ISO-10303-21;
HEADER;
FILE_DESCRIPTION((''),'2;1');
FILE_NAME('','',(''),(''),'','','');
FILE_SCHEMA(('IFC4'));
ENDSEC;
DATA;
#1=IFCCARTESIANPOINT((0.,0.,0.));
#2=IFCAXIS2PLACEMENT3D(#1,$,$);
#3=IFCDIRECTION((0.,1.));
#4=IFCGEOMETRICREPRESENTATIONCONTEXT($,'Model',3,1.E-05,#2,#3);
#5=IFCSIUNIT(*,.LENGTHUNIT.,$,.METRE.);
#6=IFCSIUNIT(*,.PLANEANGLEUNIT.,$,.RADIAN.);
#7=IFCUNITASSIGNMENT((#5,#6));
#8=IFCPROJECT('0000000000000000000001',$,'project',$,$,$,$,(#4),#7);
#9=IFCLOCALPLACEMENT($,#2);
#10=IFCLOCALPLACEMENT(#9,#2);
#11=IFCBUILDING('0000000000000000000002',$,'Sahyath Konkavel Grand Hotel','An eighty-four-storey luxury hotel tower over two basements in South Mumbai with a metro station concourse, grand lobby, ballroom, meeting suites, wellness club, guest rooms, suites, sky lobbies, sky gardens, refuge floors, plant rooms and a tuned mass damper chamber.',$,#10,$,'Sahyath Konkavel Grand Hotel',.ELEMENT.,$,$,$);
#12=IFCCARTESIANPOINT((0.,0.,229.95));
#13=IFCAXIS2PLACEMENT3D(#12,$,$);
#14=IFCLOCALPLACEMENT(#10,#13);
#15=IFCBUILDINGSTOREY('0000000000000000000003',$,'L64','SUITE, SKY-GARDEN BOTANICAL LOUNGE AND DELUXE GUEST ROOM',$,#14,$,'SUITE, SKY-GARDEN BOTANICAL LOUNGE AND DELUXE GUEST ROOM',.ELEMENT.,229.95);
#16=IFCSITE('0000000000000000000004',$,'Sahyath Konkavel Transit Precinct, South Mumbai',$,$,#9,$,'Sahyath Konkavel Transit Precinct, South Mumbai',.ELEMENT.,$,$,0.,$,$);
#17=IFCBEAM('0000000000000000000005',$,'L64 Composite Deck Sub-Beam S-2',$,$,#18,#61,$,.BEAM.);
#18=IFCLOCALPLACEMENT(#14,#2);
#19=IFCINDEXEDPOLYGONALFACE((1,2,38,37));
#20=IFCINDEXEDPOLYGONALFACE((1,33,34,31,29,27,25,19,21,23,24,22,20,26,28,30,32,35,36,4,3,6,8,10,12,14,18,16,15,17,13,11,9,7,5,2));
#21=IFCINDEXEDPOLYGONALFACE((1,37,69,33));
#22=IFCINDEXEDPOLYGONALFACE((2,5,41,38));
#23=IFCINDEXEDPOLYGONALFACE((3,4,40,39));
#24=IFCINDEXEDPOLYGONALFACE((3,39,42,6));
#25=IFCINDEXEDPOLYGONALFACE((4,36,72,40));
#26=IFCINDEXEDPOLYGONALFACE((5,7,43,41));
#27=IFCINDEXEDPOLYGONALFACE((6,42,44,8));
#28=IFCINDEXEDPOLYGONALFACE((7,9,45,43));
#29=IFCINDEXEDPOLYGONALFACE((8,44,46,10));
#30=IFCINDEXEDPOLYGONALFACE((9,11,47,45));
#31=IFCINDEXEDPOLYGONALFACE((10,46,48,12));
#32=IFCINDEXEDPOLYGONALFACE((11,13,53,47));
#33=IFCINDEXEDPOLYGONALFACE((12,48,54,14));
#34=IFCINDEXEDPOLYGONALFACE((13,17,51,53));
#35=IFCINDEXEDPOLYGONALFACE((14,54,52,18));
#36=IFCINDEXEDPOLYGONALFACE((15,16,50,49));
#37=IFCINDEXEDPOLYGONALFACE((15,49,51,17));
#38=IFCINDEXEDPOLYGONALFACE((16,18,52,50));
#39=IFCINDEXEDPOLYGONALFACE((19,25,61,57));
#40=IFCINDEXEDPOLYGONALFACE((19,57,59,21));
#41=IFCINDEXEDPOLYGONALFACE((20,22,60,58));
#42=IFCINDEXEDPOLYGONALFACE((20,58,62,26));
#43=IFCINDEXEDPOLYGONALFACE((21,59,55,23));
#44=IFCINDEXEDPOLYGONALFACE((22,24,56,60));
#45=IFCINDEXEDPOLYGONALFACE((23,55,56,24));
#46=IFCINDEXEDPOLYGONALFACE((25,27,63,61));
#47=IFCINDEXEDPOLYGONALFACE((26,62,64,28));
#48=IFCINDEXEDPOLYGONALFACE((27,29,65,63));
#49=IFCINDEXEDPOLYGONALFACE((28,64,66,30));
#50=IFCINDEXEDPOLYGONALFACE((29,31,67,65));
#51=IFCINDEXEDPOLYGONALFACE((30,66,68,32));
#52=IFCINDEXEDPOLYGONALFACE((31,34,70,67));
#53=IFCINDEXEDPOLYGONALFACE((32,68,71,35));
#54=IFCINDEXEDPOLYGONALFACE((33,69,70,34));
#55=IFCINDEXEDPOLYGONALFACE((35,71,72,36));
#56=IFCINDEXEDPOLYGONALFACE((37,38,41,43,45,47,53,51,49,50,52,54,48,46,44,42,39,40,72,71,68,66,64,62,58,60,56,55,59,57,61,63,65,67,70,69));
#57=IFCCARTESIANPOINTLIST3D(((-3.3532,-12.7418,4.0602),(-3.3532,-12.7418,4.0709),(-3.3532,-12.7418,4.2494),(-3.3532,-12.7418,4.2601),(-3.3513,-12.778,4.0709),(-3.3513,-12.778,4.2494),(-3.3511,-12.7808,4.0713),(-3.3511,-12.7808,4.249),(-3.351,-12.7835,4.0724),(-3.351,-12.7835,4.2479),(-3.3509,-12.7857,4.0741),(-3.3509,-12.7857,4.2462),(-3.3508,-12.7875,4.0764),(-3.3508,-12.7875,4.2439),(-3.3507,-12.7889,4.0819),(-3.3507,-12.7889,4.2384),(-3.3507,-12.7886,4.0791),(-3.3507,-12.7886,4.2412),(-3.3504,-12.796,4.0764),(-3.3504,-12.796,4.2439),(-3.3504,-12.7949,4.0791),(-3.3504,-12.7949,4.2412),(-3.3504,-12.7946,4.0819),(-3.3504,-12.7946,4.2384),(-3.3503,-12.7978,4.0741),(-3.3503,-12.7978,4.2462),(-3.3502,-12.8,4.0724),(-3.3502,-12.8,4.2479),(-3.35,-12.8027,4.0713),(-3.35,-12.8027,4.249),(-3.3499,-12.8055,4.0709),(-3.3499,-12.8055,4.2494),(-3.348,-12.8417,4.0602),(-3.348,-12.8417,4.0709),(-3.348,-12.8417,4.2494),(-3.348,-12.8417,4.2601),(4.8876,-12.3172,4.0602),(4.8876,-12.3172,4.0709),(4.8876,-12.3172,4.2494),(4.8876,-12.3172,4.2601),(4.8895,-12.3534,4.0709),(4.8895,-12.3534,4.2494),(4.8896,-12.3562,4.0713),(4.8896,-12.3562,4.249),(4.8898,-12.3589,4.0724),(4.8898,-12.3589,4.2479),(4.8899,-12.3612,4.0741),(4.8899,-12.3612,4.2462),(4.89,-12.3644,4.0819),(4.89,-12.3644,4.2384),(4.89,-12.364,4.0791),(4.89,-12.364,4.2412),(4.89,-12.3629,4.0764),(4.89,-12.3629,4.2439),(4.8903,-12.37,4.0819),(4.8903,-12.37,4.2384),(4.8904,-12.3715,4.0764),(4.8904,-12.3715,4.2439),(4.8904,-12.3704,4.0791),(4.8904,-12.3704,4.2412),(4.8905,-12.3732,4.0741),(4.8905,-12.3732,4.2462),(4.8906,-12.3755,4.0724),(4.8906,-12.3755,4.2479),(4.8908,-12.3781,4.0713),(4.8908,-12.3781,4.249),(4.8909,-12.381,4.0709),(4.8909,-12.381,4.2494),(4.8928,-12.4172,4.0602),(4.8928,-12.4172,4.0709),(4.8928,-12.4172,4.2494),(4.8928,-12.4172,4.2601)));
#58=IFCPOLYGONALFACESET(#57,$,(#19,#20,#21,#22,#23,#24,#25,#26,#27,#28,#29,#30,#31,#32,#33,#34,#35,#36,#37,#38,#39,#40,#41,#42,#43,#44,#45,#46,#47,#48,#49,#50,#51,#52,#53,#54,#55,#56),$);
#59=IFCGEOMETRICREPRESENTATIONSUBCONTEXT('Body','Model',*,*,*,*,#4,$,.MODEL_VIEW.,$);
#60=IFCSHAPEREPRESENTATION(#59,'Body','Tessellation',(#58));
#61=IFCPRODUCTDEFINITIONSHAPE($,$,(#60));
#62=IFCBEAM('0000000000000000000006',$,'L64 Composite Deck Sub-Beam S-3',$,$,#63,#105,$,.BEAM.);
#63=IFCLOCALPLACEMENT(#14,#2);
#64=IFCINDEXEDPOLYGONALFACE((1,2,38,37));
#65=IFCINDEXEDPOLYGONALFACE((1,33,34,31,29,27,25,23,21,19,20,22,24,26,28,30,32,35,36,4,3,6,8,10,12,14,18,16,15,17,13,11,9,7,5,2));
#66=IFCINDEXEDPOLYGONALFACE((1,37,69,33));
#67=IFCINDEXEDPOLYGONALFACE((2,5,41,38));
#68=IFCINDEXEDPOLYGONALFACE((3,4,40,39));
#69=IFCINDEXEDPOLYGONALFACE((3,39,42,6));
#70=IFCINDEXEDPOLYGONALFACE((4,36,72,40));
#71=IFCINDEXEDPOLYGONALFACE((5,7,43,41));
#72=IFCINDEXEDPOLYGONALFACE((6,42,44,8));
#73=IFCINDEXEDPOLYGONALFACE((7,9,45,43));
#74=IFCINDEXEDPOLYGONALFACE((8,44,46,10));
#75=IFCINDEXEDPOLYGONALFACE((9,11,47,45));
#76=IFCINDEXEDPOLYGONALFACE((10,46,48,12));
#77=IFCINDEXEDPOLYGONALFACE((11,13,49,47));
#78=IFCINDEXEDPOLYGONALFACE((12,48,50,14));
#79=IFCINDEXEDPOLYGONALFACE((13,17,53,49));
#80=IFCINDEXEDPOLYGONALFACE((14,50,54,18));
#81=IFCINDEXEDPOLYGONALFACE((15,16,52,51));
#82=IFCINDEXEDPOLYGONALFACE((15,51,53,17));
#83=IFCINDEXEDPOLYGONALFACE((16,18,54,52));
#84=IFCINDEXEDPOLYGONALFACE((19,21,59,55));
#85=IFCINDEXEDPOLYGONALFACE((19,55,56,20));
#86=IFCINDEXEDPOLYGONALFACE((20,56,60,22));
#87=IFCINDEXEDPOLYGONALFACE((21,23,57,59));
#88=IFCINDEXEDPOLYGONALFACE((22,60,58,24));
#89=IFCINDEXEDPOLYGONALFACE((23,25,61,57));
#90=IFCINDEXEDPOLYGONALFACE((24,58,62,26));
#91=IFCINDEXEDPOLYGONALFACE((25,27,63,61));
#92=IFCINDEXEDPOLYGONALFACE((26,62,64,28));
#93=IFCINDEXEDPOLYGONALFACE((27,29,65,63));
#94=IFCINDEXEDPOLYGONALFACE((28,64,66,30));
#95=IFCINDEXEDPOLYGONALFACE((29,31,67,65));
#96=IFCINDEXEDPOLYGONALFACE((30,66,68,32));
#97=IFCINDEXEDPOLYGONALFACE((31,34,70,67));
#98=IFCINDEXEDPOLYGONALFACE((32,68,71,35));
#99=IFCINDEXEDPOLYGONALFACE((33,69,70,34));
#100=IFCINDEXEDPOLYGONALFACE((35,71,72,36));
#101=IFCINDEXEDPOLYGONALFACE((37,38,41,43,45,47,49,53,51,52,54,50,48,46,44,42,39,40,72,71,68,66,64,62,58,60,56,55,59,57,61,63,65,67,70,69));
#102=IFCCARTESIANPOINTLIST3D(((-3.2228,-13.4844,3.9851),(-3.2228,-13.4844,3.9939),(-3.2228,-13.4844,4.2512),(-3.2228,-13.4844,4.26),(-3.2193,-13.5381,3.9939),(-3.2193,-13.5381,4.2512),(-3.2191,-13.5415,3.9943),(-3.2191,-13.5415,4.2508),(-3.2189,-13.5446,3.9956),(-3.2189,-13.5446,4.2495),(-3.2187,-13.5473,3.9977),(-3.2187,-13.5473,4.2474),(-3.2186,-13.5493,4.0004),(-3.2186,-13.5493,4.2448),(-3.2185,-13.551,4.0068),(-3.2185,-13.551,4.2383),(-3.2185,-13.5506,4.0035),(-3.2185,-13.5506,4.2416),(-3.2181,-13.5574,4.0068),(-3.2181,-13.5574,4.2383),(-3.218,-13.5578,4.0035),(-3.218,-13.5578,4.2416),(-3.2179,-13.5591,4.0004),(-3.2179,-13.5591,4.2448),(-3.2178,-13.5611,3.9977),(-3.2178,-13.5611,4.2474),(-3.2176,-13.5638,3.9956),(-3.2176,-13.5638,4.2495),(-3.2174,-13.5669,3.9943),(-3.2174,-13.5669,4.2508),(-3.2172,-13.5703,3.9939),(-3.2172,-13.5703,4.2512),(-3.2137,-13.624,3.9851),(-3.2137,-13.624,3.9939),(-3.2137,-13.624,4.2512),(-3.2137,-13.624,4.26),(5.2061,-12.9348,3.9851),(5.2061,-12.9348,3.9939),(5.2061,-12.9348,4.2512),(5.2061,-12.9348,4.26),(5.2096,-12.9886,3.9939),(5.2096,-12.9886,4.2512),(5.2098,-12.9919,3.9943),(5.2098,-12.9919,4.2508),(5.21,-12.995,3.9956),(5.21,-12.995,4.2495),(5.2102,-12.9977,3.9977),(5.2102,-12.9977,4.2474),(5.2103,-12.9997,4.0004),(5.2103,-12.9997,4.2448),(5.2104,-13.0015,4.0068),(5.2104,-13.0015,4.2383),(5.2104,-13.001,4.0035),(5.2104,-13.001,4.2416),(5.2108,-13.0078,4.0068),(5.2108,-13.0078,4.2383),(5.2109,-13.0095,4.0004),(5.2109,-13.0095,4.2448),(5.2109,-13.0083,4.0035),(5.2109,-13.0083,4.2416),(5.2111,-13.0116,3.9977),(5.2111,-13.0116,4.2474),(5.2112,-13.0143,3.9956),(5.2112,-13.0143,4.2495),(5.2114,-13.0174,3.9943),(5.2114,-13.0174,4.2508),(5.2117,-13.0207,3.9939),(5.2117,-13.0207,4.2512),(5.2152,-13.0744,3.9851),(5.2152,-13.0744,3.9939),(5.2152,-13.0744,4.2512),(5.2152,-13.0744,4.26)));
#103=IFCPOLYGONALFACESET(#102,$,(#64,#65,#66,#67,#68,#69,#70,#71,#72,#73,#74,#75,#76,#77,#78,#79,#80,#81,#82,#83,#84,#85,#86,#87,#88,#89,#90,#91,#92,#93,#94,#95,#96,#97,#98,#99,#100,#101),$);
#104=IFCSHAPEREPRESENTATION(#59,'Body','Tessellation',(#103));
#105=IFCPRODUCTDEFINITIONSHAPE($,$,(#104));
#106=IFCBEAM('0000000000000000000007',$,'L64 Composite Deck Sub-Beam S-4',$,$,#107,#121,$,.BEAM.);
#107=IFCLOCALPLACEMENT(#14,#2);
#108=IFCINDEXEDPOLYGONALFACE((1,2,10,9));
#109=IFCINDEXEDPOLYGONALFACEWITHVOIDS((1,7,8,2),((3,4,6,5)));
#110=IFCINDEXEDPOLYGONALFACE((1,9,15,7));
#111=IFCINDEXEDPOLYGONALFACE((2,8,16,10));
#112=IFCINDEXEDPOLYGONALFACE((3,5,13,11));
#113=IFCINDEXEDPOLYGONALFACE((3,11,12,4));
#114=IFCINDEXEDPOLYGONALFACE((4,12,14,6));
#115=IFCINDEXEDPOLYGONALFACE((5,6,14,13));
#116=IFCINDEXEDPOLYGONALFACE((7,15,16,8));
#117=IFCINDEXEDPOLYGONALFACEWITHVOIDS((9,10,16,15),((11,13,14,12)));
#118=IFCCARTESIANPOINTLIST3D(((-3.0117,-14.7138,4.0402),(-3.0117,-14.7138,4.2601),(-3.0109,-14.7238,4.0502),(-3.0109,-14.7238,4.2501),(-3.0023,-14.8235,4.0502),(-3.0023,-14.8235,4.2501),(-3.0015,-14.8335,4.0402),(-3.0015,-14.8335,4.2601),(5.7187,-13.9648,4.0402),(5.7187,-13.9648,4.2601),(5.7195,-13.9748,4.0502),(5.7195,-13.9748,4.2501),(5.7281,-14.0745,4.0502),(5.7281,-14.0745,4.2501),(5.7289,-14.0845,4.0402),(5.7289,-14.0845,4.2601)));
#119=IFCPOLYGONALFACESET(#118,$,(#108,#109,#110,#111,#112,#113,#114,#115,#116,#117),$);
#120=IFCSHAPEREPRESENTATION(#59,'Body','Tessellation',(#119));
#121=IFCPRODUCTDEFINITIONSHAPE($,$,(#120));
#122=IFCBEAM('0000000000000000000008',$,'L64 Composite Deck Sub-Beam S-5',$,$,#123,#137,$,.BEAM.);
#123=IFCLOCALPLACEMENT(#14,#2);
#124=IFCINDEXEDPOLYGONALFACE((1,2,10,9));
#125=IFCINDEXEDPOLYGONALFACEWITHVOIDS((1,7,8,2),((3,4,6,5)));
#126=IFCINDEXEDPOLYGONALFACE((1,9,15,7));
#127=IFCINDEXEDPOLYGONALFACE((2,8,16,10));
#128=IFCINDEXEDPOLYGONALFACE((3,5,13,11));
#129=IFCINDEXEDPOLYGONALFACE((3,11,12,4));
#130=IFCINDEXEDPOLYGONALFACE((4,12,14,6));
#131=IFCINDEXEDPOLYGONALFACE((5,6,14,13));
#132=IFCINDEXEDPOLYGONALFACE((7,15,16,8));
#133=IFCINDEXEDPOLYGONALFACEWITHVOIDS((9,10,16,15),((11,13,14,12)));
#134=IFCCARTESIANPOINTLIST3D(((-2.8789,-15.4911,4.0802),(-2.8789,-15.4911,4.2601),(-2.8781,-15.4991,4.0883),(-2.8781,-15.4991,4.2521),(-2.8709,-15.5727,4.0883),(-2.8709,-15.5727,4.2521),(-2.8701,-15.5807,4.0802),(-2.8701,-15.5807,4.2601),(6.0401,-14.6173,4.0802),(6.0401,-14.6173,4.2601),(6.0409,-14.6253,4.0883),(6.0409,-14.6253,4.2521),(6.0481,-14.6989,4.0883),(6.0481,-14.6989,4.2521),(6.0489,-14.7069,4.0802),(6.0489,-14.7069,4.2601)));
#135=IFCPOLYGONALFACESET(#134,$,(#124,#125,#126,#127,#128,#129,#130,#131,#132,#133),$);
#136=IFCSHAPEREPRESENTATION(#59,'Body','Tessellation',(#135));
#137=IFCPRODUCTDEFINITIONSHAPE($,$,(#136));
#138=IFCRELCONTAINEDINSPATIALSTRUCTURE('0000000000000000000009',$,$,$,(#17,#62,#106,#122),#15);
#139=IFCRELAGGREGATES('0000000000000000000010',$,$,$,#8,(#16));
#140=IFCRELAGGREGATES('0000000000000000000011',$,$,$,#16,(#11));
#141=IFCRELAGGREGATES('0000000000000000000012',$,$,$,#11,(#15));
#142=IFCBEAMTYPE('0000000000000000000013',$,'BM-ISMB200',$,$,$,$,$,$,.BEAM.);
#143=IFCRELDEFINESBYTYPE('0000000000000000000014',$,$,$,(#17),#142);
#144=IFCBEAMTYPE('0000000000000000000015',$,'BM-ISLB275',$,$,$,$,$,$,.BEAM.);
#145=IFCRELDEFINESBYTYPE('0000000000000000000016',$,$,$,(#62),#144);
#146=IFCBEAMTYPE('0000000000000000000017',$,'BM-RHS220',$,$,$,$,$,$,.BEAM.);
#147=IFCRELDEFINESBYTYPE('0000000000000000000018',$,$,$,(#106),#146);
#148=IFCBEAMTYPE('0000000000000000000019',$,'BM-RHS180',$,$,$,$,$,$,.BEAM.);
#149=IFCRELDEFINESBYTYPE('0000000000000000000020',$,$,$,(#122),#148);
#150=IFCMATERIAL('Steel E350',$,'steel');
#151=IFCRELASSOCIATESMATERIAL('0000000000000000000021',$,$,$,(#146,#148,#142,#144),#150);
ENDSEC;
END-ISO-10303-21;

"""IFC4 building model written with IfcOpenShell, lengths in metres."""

from ifc_helpers import new_model, si_unit, direction, frame, origin, origin_2d, place, context, subcontext, project, spatial, hollow_rectangle, i_section, extrude, source, transform, mapped, material, material_profile, profile_set, type_object, element, save


model = new_model("IFC4")

# Units and contexts
model_context = context("Model", 3, precision=1e-05, world=origin(), true_north=direction((0.0, 1.0)))
body_context = subcontext(model_context, "Body", "Model", "MODEL_VIEW")
ifc_project = project(units=[si_unit("LENGTHUNIT", "METRE"), si_unit("PLANEANGLEUNIT", "RADIAN")], contexts=[model_context])

# Site, building, storey
site_placement = place(None, origin())
site = spatial("IfcSite", under=ifc_project, at=site_placement, Name="Sahyath Konkavel Transit Precinct, South Mumbai", LongName="Sahyath Konkavel Transit Precinct, South Mumbai", CompositionType="ELEMENT", RefElevation=0.0)
building_placement = place(site_placement, origin())
building = spatial("IfcBuilding", under=site, at=building_placement, Name="Sahyath Konkavel Grand Hotel", Description="An eighty-four-storey luxury hotel tower over two basements in South Mumbai with a metro station concourse, grand lobby, ballroom, meeting suites, wellness club, guest rooms, suites, sky lobbies, sky gardens, refuge floors, plant rooms and a tuned mass damper chamber.", LongName="Sahyath Konkavel Grand Hotel", CompositionType="ELEMENT")
storey_placement = place(building_placement, frame((0.0, 0.0, 229.95)))
storey = spatial("IfcBuildingStorey", under=building, at=storey_placement, Name="L64", Description="SUITE, SKY-GARDEN BOTANICAL LOUNGE AND DELUXE GUEST ROOM", LongName="SUITE, SKY-GARDEN BOTANICAL LOUNGE AND DELUXE GUEST ROOM", CompositionType="ELEMENT", Elevation=229.95)

# Beams
ifc_material_1 = material(Name="Steel E350", Category="steel")
ifc_material_profile_1 = material_profile(ifc_material_1, hollow_rectangle(XDim=0.1201, YDim=0.22, WallThickness=0.01, at=origin_2d()), Name="RHS 220x120x10")
ifc_profile_set_1 = profile_set([ifc_material_profile_1], Name="Steel E350")
beam_type_1 = type_object("IfcBeamType", Name="BM-RHS220", PredefinedType="BEAM", material=ifc_profile_set_1)
ifc_material_profile_2 = material_profile(ifc_material_1, hollow_rectangle(XDim=0.0901, YDim=0.1799, WallThickness=0.0081, at=origin_2d()), Name="RHS 180x90x8")
ifc_profile_set_2 = profile_set([ifc_material_profile_2], Name="Steel E350")
beam_type_2 = type_object("IfcBeamType", Name="BM-RHS180", PredefinedType="BEAM", material=ifc_profile_set_2)
ifc_material_profile_3 = material_profile(ifc_material_1, i_section(OverallWidth=0.1001, OverallDepth=0.2, WebThickness=0.0056, FlangeThickness=0.0107, FilletRadius=0.011, at=origin_2d()), Name="ISMB 200")
ifc_profile_set_3 = profile_set([ifc_material_profile_3], Name="Steel E350")
beam_type_3 = type_object("IfcBeamType", Name="BM-ISMB200", PredefinedType="BEAM", material=ifc_profile_set_3)
shared_shape_1 = source(origin(), body_context, "Body", "SweptSolid", [
    extrude(i_section(OverallWidth=0.1001, OverallDepth=0.2, WebThickness=0.0056, FlangeThickness=0.0107, FilletRadius=0.011, at=origin_2d()), origin(), (0.0, 0.0, 1.0), 8.2517),
])
beam_1_placement = place(storey_placement, frame((-3.3506, -12.7917, 4.1602), z_axis=(0.998675, 0.051452, 0.0), x_axis=(-0.051452, 0.998675, 0.0)))
element("IfcBeam", 1, at=beam_1_placement, inside=storey, type_object=beam_type_3, Name="L64 Composite Deck Sub-Beam S-2", PredefinedType="BEAM", context=body_context, shape_type="MappedRepresentation", body=[
    mapped(shared_shape_1, transform((0.0, 0.0, 0.0), scale=1.0)),
])
ifc_material_profile_4 = material_profile(ifc_material_1, i_section(OverallWidth=0.1399, OverallDepth=0.2749, WebThickness=0.0063, FlangeThickness=0.0088, FilletRadius=0.0129, at=origin_2d()), Name="ISLB 275")
ifc_profile_set_4 = profile_set([ifc_material_profile_4], Name="Steel E350")
beam_type_4 = type_object("IfcBeamType", Name="BM-ISLB275", PredefinedType="BEAM", material=ifc_profile_set_4)
shared_shape_2 = source(origin(), body_context, "Body", "SweptSolid", [
    extrude(i_section(OverallWidth=0.1399, OverallDepth=0.2749, WebThickness=0.0063, FlangeThickness=0.0088, FilletRadius=0.0129, at=origin_2d()), origin(), (0.0, 0.0, 1.0), 8.4468),
])
beam_2_placement = place(storey_placement, frame((-3.2183, -13.5542, 4.1226), z_axis=(0.997881, 0.065061, 0.0), x_axis=(-0.065061, 0.997881, 0.0)))
element("IfcBeam", 2, at=beam_2_placement, inside=storey, type_object=beam_type_4, Name="L64 Composite Deck Sub-Beam S-3", PredefinedType="BEAM", context=body_context, shape_type="MappedRepresentation", body=[
    mapped(shared_shape_2, transform((0.0, 0.0, 0.0), scale=1.0)),
])
shared_shape_3 = source(origin(), body_context, "Body", "SweptSolid", [
    extrude(hollow_rectangle(XDim=0.1201, YDim=0.22, WallThickness=0.01, at=origin_2d()), origin(), (0.0, 0.0, 1.0), 8.7625),
])
beam_3_placement = place(storey_placement, frame((-3.0066, -14.7737, 4.1501), z_axis=(0.99634, 0.08548, 0.0), x_axis=(-0.08548, 0.99634, 0.0)))
element("IfcBeam", 3, at=beam_3_placement, inside=storey, type_object=beam_type_1, Name="L64 Composite Deck Sub-Beam S-4", PredefinedType="BEAM", context=body_context, shape_type="MappedRepresentation", body=[
    mapped(shared_shape_3, transform((0.0, 0.0, 0.0), scale=1.0)),
])
shared_shape_4 = source(origin(), body_context, "Body", "SweptSolid", [
    extrude(hollow_rectangle(XDim=0.0901, YDim=0.1799, WallThickness=0.0081, at=origin_2d()), origin(), (0.0, 0.0, 1.0), 8.9617),
])
beam_4_placement = place(storey_placement, frame((-2.8745, -15.5359, 4.1702), z_axis=(0.995235, 0.097502, 0.0), x_axis=(-0.097502, 0.995235, 0.0)))
element("IfcBeam", 4, at=beam_4_placement, inside=storey, type_object=beam_type_2, Name="L64 Composite Deck Sub-Beam S-5", PredefinedType="BEAM", context=body_context, shape_type="MappedRepresentation", body=[
    mapped(shared_shape_4, transform((0.0, 0.0, 0.0), scale=1.0)),
])

save(model, "model.ifc")
